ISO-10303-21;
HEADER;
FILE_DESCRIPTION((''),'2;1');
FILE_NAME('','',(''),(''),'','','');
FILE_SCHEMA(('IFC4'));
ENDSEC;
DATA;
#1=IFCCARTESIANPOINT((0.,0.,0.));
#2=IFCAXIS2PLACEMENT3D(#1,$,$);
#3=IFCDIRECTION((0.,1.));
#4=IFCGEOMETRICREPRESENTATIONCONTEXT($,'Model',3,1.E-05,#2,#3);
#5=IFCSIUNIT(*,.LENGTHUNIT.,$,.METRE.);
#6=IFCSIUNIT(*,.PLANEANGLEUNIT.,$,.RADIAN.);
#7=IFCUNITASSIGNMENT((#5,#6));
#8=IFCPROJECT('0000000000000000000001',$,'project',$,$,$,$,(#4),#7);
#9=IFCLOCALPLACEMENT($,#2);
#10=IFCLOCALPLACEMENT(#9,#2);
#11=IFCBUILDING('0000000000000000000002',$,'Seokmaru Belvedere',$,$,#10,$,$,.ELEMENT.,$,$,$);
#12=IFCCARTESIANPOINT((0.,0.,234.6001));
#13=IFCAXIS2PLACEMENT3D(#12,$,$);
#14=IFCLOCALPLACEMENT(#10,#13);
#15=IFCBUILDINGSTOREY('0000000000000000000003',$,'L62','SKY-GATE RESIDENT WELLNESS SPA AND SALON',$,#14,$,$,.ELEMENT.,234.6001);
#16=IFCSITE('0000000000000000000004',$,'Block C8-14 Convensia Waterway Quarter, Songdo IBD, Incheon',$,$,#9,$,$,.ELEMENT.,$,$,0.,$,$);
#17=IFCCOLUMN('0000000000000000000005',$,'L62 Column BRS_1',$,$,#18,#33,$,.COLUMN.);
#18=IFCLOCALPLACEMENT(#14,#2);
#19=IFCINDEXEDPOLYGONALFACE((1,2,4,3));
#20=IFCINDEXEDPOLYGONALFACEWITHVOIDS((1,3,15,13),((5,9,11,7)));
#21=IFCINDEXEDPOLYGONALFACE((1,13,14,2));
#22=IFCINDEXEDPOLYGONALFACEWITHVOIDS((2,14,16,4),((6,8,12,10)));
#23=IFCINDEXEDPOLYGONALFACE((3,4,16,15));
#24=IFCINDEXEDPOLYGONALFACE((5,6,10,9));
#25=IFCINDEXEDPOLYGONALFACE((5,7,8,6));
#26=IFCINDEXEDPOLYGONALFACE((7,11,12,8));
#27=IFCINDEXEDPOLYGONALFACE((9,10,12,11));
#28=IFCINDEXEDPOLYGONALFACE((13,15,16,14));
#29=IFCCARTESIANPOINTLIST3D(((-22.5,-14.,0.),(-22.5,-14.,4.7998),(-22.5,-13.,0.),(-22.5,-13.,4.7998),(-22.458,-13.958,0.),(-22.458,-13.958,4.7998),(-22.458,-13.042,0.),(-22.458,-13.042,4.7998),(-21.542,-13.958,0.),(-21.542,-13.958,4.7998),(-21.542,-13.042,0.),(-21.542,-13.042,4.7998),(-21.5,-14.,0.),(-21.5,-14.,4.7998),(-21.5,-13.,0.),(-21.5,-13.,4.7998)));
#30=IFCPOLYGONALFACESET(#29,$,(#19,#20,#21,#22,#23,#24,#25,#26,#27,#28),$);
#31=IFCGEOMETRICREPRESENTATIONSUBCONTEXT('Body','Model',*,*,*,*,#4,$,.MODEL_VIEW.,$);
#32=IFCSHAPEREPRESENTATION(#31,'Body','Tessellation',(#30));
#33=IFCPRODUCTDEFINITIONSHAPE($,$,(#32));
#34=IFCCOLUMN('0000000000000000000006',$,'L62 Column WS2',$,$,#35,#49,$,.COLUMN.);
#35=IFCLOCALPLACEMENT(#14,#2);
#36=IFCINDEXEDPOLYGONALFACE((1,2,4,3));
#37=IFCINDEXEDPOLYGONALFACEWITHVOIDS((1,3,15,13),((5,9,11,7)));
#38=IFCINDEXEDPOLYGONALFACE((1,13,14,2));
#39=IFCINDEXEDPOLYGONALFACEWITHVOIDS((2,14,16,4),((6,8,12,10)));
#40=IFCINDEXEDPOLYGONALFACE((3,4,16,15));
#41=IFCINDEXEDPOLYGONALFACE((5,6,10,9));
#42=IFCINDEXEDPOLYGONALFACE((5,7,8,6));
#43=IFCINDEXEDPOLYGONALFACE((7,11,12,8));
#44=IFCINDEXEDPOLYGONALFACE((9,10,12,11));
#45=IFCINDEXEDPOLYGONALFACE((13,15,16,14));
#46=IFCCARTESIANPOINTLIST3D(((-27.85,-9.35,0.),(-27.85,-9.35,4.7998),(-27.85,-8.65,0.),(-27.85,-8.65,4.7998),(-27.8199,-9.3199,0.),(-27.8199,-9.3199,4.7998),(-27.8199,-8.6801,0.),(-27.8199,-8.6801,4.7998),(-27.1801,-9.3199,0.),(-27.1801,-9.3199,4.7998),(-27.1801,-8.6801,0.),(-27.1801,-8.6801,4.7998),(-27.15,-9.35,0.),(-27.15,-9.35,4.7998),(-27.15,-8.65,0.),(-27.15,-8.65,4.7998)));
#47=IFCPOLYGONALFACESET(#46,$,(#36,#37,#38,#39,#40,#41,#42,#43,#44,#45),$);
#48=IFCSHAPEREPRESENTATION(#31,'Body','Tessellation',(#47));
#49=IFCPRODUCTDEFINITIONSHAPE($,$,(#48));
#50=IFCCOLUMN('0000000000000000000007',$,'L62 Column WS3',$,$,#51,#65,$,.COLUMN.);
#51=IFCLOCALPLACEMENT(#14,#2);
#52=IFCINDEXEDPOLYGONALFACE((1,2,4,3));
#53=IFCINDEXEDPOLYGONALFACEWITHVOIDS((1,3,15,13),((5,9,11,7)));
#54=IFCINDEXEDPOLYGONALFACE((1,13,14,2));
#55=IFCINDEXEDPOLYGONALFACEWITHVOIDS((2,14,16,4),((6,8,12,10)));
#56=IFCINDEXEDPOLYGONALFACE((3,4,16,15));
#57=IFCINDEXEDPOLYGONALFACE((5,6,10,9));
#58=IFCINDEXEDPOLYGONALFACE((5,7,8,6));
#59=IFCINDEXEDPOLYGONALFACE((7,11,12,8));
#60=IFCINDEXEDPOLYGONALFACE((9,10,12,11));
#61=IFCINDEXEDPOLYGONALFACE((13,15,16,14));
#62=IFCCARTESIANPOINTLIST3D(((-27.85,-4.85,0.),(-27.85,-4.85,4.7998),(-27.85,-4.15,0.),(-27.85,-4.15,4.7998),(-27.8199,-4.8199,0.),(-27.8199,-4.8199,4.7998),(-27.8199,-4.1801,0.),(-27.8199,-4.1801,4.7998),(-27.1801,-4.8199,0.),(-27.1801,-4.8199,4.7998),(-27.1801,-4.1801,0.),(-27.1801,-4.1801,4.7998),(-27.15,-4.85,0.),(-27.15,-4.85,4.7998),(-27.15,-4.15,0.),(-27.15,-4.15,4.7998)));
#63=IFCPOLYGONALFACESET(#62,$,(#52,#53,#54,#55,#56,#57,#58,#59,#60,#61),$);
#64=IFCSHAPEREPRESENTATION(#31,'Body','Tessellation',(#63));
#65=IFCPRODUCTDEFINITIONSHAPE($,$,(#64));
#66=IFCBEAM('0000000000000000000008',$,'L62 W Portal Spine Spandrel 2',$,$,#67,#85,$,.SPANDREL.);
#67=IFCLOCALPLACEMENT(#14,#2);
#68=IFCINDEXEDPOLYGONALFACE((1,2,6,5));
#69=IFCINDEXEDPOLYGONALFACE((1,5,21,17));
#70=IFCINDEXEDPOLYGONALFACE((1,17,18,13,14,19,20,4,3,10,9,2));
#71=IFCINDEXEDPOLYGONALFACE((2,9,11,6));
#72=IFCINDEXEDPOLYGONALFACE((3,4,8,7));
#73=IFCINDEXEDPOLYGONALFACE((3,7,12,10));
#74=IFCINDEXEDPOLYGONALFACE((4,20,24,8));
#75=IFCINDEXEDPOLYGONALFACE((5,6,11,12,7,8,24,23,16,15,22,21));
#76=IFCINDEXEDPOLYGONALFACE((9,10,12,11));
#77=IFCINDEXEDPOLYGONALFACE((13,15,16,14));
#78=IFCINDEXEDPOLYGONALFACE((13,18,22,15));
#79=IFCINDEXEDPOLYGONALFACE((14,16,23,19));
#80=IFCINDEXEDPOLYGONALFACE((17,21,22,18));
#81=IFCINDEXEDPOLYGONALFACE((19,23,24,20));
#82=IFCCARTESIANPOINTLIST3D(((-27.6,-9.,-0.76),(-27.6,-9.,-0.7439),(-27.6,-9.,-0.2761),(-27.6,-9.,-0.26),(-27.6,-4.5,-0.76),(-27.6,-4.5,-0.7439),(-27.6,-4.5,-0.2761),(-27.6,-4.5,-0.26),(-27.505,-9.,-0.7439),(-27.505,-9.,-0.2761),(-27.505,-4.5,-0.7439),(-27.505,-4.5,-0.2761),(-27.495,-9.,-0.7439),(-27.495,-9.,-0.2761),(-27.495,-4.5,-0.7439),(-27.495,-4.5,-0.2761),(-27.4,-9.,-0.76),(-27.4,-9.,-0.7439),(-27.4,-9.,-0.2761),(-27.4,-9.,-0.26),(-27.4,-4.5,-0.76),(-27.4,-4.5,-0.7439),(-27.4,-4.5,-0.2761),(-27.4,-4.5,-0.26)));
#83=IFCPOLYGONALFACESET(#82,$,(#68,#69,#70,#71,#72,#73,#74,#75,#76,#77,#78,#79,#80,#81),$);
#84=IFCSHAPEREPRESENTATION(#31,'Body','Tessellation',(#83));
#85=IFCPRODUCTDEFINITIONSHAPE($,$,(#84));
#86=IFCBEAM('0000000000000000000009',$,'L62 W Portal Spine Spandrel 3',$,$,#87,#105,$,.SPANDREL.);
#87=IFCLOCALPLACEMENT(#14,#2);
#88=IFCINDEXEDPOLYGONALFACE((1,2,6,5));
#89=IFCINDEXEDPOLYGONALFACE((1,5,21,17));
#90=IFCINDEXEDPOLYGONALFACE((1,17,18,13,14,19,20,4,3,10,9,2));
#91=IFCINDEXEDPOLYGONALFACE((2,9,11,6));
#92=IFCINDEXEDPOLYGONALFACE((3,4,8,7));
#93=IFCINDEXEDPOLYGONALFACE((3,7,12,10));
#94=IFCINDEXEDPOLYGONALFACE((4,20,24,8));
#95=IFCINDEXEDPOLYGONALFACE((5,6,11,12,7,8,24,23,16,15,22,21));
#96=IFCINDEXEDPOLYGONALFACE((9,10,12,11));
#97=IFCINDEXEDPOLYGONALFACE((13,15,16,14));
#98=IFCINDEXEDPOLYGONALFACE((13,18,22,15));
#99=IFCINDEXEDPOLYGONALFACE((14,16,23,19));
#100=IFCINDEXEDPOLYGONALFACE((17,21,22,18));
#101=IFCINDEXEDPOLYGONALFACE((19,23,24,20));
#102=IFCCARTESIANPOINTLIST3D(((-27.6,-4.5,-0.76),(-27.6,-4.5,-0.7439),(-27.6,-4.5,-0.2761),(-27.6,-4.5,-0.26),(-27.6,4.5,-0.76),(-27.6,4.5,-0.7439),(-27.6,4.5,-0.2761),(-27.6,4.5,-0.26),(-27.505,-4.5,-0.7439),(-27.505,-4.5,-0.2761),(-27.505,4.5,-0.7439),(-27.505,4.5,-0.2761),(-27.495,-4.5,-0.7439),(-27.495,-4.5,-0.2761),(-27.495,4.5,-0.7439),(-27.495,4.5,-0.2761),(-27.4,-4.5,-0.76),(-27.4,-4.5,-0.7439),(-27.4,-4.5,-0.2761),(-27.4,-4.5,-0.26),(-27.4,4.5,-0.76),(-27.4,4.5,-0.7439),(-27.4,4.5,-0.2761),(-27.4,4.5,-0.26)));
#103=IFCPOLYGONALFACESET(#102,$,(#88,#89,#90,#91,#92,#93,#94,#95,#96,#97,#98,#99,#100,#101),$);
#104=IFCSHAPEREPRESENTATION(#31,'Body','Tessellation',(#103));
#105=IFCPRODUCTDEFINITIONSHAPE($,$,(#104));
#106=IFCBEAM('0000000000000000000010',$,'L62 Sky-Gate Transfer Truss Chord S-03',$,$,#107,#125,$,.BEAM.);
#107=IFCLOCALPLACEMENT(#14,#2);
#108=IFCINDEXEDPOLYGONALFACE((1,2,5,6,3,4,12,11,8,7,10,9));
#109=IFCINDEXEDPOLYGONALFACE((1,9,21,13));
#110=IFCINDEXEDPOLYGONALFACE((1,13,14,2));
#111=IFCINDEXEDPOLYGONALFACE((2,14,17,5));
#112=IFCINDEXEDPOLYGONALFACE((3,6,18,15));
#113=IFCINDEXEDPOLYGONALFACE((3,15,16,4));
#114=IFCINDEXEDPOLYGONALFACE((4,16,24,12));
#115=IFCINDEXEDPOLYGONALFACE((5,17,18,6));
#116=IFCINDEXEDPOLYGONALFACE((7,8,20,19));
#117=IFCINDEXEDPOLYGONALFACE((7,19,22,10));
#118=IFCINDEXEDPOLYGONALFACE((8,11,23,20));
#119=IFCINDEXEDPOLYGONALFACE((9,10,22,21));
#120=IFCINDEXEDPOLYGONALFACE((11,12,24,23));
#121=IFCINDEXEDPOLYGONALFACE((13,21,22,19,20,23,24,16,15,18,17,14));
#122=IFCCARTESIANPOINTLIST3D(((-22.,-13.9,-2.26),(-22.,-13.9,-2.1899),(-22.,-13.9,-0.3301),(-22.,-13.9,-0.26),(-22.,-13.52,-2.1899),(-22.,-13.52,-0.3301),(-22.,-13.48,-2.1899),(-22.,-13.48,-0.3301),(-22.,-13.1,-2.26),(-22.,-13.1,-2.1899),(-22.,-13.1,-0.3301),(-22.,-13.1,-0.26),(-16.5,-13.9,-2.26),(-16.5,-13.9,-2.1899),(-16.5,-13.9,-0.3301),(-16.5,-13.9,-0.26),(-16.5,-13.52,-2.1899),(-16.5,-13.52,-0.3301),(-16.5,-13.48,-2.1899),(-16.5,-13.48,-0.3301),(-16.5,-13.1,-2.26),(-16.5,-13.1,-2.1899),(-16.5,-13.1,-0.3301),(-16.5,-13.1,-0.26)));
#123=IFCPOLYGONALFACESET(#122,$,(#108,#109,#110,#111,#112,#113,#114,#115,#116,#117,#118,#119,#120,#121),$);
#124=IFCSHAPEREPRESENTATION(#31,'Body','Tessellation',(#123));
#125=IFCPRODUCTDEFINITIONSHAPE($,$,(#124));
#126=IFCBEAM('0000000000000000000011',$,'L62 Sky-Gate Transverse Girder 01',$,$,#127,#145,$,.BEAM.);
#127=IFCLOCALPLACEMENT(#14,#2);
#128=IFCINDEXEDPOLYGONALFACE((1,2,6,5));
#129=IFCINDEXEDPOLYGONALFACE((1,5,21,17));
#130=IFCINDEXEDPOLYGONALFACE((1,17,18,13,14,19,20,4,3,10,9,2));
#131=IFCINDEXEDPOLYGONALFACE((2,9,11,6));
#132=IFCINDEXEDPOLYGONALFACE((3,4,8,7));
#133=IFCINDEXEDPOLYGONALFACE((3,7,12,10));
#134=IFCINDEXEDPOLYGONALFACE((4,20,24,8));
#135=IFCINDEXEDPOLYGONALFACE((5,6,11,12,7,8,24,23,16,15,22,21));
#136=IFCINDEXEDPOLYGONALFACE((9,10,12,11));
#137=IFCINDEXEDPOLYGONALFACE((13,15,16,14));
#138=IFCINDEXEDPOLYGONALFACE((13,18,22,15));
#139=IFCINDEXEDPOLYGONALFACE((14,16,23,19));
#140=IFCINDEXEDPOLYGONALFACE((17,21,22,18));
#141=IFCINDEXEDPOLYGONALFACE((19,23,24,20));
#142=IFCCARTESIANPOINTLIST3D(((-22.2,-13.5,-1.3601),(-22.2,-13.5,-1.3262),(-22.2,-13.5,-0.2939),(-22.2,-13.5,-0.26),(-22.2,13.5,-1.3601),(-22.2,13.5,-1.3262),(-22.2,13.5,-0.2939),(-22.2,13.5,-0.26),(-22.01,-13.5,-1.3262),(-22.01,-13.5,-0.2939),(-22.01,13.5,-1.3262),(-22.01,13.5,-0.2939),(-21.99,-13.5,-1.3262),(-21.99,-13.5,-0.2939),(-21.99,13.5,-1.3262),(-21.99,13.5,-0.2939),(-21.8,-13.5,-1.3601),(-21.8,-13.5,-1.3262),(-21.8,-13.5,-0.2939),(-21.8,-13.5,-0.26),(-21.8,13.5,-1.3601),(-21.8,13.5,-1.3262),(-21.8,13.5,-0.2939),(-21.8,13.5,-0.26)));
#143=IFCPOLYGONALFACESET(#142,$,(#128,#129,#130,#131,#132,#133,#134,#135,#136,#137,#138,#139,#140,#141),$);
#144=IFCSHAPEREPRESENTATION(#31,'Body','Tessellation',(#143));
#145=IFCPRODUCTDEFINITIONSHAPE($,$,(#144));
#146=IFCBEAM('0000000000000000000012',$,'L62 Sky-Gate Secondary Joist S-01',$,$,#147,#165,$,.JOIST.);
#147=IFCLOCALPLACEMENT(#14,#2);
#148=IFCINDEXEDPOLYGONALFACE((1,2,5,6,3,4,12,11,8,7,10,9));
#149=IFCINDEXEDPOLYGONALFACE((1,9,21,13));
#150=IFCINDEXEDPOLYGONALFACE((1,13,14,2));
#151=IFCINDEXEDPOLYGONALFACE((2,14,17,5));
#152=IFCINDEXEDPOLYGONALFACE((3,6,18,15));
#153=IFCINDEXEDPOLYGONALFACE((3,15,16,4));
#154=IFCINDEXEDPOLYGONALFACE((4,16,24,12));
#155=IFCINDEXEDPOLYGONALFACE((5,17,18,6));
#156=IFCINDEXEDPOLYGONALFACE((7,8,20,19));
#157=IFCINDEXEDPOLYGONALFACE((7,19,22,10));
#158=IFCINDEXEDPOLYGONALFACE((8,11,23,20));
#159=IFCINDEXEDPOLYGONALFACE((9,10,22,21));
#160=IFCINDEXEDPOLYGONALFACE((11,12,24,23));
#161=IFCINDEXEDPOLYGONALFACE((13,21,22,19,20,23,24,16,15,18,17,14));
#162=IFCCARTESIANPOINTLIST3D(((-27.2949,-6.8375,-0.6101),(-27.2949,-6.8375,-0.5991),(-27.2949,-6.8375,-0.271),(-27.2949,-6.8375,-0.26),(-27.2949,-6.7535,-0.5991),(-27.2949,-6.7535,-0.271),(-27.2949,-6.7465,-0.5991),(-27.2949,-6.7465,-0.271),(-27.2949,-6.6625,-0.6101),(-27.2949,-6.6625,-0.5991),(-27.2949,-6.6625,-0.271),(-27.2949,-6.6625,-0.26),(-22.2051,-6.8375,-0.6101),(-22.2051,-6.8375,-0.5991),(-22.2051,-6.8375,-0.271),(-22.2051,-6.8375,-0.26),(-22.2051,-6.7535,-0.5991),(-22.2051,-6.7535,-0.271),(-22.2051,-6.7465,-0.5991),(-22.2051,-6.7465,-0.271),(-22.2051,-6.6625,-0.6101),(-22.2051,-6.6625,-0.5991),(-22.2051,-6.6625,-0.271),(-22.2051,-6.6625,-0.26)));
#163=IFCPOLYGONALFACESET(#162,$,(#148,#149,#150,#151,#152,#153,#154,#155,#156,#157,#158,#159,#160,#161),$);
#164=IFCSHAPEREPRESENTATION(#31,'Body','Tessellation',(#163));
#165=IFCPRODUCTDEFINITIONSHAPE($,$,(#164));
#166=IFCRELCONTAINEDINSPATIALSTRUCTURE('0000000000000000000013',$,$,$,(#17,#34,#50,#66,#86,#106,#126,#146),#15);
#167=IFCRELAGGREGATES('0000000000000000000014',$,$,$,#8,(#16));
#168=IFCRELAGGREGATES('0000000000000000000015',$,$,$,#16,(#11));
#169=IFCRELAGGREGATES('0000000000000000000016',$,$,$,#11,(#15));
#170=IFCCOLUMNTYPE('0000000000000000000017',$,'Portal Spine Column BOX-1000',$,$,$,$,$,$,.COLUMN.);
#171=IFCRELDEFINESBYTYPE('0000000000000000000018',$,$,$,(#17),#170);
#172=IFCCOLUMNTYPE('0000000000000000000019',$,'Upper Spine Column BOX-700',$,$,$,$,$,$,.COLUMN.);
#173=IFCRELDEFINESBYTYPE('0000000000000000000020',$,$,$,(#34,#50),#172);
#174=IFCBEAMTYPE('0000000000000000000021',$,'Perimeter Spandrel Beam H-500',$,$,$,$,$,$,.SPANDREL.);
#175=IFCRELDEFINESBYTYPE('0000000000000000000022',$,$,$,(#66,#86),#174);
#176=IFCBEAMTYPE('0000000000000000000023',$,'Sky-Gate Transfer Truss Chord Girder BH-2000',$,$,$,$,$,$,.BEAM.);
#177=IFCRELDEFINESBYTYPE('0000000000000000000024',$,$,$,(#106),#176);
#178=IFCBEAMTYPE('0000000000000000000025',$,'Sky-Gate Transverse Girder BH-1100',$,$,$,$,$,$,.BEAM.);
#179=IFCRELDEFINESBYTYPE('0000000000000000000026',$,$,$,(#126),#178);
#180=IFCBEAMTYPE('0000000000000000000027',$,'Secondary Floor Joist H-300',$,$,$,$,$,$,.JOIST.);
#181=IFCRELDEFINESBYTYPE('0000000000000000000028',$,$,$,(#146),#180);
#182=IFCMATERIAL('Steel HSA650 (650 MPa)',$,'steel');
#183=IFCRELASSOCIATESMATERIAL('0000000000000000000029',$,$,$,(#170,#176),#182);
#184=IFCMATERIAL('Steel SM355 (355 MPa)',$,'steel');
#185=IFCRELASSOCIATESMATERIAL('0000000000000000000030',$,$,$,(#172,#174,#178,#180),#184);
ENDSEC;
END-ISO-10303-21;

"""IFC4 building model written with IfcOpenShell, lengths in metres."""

from ifc_helpers import new_model, si_unit, direction, frame, origin, origin_2d, place, context, subcontext, project, spatial, hollow_rectangle, i_section, extrude, source, transform, mapped, material, material_profile, profile_set, type_object, type_shapes, element, save


model = new_model("IFC4")

# Units and contexts
model_context = context("Model", 3, precision=1e-05, world=origin(), true_north=direction((0.0, 1.0)))
body_context = subcontext(model_context, "Body", "Model", "MODEL_VIEW")
ifc_project = project(units=[si_unit("LENGTHUNIT", "METRE"), si_unit("PLANEANGLEUNIT", "RADIAN")], contexts=[model_context])

# Site, building, storey
site_placement = place(None, origin())
site = spatial("IfcSite", under=ifc_project, at=site_placement, Name="Block C8-14 Convensia Waterway Quarter, Songdo IBD, Incheon", CompositionType="ELEMENT", RefElevation=0.0)
building_placement = place(site_placement, origin())
building = spatial("IfcBuilding", under=site, at=building_placement, Name="Seokmaru Belvedere", CompositionType="ELEMENT")
storey_placement = place(building_placement, frame((0.0, 0.0, 234.6001)))
storey = spatial("IfcBuildingStorey", under=building, at=storey_placement, Name="L62", Description="SKY-GATE RESIDENT WELLNESS SPA AND SALON", CompositionType="ELEMENT", Elevation=234.6001)

# Columns
ifc_material_1 = material(Name="Steel HSA650 (650 MPa)", Category="steel")
ifc_material_profile_1 = material_profile(ifc_material_1, hollow_rectangle(XDim=1.0, YDim=1.0, WallThickness=0.042, at=origin_2d()), Name="BOX-1000x1000x42")
ifc_profile_set_1 = profile_set([ifc_material_profile_1], Name="Steel HSA650 (650 MPa)")
column_type_1 = type_object("IfcColumnType", Name="Portal Spine Column BOX-1000", PredefinedType="COLUMN", material=ifc_profile_set_1)
shared_shape_1 = source(origin(), body_context, "Body", "SweptSolid", [
    extrude(hollow_rectangle(XDim=1.0, YDim=1.0, WallThickness=0.042, at=origin_2d()), origin(), (0.0, 0.0, 1.0), 4.7998),
])
type_shapes(column_type_1, [shared_shape_1])
column_placement = place(storey_placement, frame((-22.0, -13.5, 0.0), z_axis=(0.0, 0.0, 1.0), x_axis=(1.0, 0.0, 0.0)))
element("IfcColumn", 1, at=column_placement, inside=storey, type_object=column_type_1, Name="L62 Column BRS_1", PredefinedType="COLUMN", context=body_context, shape_type="MappedRepresentation", body=[
    mapped(shared_shape_1, transform((0.0, 0.0, 0.0), scale=1.0)),
])
ifc_material_2 = material(Name="Steel SM355 (355 MPa)", Category="steel")
ifc_material_profile_2 = material_profile(ifc_material_2, hollow_rectangle(XDim=0.7, YDim=0.7, WallThickness=0.03, at=origin_2d()), Name="BOX-700x700x30")
ifc_profile_set_2 = profile_set([ifc_material_profile_2], Name="Steel SM355 (355 MPa)")
column_type_2 = type_object("IfcColumnType", Name="Upper Spine Column BOX-700", PredefinedType="COLUMN", material=ifc_profile_set_2)
shared_shape_2 = source(origin(), body_context, "Body", "SweptSolid", [
    extrude(hollow_rectangle(XDim=0.7, YDim=0.7, WallThickness=0.03, at=origin_2d()), origin(), (0.0, 0.0, 1.0), 4.7998),
])
type_shapes(column_type_2, [shared_shape_2])
for number, where, z_axis, x_axis, name in (
    (2, (-27.5, -9.0, 0.0), (0.0, 0.0, 1.0), (1.0, 0.0, 0.0), "L62 Column WS2"),
    (3, (-27.5, -4.5, 0.0), (0.0, 0.0, 1.0), (1.0, 0.0, 0.0), "L62 Column WS3"),
):
    element("IfcColumn", number, at=place(storey_placement, frame(where, z_axis=z_axis, x_axis=x_axis)), inside=storey, type_object=column_type_2, Name=name, PredefinedType="COLUMN", context=body_context, shape_type="MappedRepresentation", body=[
        mapped(shared_shape_2, transform((0.0, 0.0, 0.0), scale=1.0)),
    ])

# Beams
ifc_material_profile_3 = material_profile(ifc_material_2, i_section(OverallWidth=0.2, OverallDepth=0.5, WebThickness=0.01, FlangeThickness=0.0161, at=origin_2d()), Name="H-500x200x10x16")
ifc_profile_set_3 = profile_set([ifc_material_profile_3], Name="Steel SM355 (355 MPa)")
beam_type_1 = type_object("IfcBeamType", Name="Perimeter Spandrel Beam H-500", PredefinedType="SPANDREL", material=ifc_profile_set_3)
shared_shape_3 = source(origin(), body_context, "Body", "SweptSolid", [
    extrude(i_section(OverallWidth=0.2, OverallDepth=0.5, WebThickness=0.01, FlangeThickness=0.0161, at=origin_2d()), origin(), (0.0, 0.0, 1.0), 4.5),
])
beam_1_placement = place(storey_placement, frame((-27.5, -9.0, -0.51), z_axis=(0.0, 1.0, 0.0), x_axis=(-1.0, 0.0, 0.0)))
element("IfcBeam", 4, at=beam_1_placement, inside=storey, type_object=beam_type_1, Name="L62 W Portal Spine Spandrel 2", PredefinedType="SPANDREL", context=body_context, shape_type="MappedRepresentation", body=[
    mapped(shared_shape_3, transform((0.0, 0.0, 0.0), scale=1.0)),
])
shared_shape_4 = source(origin(), body_context, "Body", "SweptSolid", [
    extrude(i_section(OverallWidth=0.2, OverallDepth=0.5, WebThickness=0.01, FlangeThickness=0.0161, at=origin_2d()), origin(), (0.0, 0.0, 1.0), 9.0),
])
type_shapes(beam_type_1, [shared_shape_3, shared_shape_4])
beam_2_placement = place(storey_placement, frame((-27.5, -4.5, -0.51), z_axis=(0.0, 1.0, 0.0), x_axis=(-1.0, 0.0, 0.0)))
element("IfcBeam", 5, at=beam_2_placement, inside=storey, type_object=beam_type_1, Name="L62 W Portal Spine Spandrel 3", PredefinedType="SPANDREL", context=body_context, shape_type="MappedRepresentation", body=[
    mapped(shared_shape_4, transform((0.0, 0.0, 0.0), scale=1.0)),
])
ifc_material_profile_4 = material_profile(ifc_material_1, i_section(OverallWidth=0.8, OverallDepth=2.0, WebThickness=0.04, FlangeThickness=0.0701, at=origin_2d()), Name="BH-2000x800x40x70")
ifc_profile_set_4 = profile_set([ifc_material_profile_4], Name="Steel HSA650 (650 MPa)")
beam_type_2 = type_object("IfcBeamType", Name="Sky-Gate Transfer Truss Chord Girder BH-2000", PredefinedType="BEAM", material=ifc_profile_set_4)
shared_shape_5 = source(origin(), body_context, "Body", "SweptSolid", [
    extrude(i_section(OverallWidth=0.8, OverallDepth=2.0, WebThickness=0.04, FlangeThickness=0.0701, at=origin_2d()), origin(), (0.0, 0.0, 1.0), 5.5),
])
type_shapes(beam_type_2, [shared_shape_5])
beam_3_placement = place(storey_placement, frame((-22.0, -13.5, -1.26), z_axis=(1.0, 0.0, 0.0), x_axis=(0.0, 1.0, 0.0)))
element("IfcBeam", 6, at=beam_3_placement, inside=storey, type_object=beam_type_2, Name="L62 Sky-Gate Transfer Truss Chord S-03", PredefinedType="BEAM", context=body_context, shape_type="MappedRepresentation", body=[
    mapped(shared_shape_5, transform((0.0, 0.0, 0.0), scale=1.0)),
])
ifc_material_profile_5 = material_profile(ifc_material_2, i_section(OverallWidth=0.3999, OverallDepth=1.1001, WebThickness=0.02, FlangeThickness=0.0339, at=origin_2d()), Name="BH-1100x400x20x34")
ifc_profile_set_5 = profile_set([ifc_material_profile_5], Name="Steel SM355 (355 MPa)")
beam_type_3 = type_object("IfcBeamType", Name="Sky-Gate Transverse Girder BH-1100", PredefinedType="BEAM", material=ifc_profile_set_5)
shared_shape_6 = source(origin(), body_context, "Body", "SweptSolid", [
    extrude(i_section(OverallWidth=0.3999, OverallDepth=1.1001, WebThickness=0.02, FlangeThickness=0.0339, at=origin_2d()), origin(), (0.0, 0.0, 1.0), 27.0),
])
type_shapes(beam_type_3, [shared_shape_6])
beam_4_placement = place(storey_placement, frame((-22.0, -13.5, -0.8101), z_axis=(0.0, 1.0, 0.0), x_axis=(-1.0, 0.0, 0.0)))
element("IfcBeam", 7, at=beam_4_placement, inside=storey, type_object=beam_type_3, Name="L62 Sky-Gate Transverse Girder 01", PredefinedType="BEAM", context=body_context, shape_type="MappedRepresentation", body=[
    mapped(shared_shape_6, transform((0.0, 0.0, 0.0), scale=1.0)),
])
ifc_material_profile_6 = material_profile(ifc_material_2, i_section(OverallWidth=0.175, OverallDepth=0.3501, WebThickness=0.0071, FlangeThickness=0.011, at=origin_2d()), Name="H-350x175x7x11")
ifc_profile_set_6 = profile_set([ifc_material_profile_6], Name="Steel SM355 (355 MPa)")
beam_type_4 = type_object("IfcBeamType", Name="Secondary Floor Joist H-300", PredefinedType="JOIST", material=ifc_profile_set_6)
shared_shape_7 = source(origin(), body_context, "Body", "SweptSolid", [
    extrude(i_section(OverallWidth=0.175, OverallDepth=0.3501, WebThickness=0.0071, FlangeThickness=0.011, at=origin_2d()), origin(), (0.0, 0.0, 1.0), 5.0898),
])
type_shapes(beam_type_4, [shared_shape_7])
for number, where, z_axis, x_axis, name in (
    (8, (-27.2949, -6.75, -0.4351), (1.0, 0.0, 0.0), (0.0, 1.0, 0.0), "L62 Sky-Gate Secondary Joist S-01"),
):
    element("IfcBeam", number, at=place(storey_placement, frame(where, z_axis=z_axis, x_axis=x_axis)), inside=storey, type_object=beam_type_4, Name=name, PredefinedType="JOIST", context=body_context, shape_type="MappedRepresentation", body=[
        mapped(shared_shape_7, transform((0.0, 0.0, 0.0), scale=1.0)),
    ])

save(model, "model.ifc")
